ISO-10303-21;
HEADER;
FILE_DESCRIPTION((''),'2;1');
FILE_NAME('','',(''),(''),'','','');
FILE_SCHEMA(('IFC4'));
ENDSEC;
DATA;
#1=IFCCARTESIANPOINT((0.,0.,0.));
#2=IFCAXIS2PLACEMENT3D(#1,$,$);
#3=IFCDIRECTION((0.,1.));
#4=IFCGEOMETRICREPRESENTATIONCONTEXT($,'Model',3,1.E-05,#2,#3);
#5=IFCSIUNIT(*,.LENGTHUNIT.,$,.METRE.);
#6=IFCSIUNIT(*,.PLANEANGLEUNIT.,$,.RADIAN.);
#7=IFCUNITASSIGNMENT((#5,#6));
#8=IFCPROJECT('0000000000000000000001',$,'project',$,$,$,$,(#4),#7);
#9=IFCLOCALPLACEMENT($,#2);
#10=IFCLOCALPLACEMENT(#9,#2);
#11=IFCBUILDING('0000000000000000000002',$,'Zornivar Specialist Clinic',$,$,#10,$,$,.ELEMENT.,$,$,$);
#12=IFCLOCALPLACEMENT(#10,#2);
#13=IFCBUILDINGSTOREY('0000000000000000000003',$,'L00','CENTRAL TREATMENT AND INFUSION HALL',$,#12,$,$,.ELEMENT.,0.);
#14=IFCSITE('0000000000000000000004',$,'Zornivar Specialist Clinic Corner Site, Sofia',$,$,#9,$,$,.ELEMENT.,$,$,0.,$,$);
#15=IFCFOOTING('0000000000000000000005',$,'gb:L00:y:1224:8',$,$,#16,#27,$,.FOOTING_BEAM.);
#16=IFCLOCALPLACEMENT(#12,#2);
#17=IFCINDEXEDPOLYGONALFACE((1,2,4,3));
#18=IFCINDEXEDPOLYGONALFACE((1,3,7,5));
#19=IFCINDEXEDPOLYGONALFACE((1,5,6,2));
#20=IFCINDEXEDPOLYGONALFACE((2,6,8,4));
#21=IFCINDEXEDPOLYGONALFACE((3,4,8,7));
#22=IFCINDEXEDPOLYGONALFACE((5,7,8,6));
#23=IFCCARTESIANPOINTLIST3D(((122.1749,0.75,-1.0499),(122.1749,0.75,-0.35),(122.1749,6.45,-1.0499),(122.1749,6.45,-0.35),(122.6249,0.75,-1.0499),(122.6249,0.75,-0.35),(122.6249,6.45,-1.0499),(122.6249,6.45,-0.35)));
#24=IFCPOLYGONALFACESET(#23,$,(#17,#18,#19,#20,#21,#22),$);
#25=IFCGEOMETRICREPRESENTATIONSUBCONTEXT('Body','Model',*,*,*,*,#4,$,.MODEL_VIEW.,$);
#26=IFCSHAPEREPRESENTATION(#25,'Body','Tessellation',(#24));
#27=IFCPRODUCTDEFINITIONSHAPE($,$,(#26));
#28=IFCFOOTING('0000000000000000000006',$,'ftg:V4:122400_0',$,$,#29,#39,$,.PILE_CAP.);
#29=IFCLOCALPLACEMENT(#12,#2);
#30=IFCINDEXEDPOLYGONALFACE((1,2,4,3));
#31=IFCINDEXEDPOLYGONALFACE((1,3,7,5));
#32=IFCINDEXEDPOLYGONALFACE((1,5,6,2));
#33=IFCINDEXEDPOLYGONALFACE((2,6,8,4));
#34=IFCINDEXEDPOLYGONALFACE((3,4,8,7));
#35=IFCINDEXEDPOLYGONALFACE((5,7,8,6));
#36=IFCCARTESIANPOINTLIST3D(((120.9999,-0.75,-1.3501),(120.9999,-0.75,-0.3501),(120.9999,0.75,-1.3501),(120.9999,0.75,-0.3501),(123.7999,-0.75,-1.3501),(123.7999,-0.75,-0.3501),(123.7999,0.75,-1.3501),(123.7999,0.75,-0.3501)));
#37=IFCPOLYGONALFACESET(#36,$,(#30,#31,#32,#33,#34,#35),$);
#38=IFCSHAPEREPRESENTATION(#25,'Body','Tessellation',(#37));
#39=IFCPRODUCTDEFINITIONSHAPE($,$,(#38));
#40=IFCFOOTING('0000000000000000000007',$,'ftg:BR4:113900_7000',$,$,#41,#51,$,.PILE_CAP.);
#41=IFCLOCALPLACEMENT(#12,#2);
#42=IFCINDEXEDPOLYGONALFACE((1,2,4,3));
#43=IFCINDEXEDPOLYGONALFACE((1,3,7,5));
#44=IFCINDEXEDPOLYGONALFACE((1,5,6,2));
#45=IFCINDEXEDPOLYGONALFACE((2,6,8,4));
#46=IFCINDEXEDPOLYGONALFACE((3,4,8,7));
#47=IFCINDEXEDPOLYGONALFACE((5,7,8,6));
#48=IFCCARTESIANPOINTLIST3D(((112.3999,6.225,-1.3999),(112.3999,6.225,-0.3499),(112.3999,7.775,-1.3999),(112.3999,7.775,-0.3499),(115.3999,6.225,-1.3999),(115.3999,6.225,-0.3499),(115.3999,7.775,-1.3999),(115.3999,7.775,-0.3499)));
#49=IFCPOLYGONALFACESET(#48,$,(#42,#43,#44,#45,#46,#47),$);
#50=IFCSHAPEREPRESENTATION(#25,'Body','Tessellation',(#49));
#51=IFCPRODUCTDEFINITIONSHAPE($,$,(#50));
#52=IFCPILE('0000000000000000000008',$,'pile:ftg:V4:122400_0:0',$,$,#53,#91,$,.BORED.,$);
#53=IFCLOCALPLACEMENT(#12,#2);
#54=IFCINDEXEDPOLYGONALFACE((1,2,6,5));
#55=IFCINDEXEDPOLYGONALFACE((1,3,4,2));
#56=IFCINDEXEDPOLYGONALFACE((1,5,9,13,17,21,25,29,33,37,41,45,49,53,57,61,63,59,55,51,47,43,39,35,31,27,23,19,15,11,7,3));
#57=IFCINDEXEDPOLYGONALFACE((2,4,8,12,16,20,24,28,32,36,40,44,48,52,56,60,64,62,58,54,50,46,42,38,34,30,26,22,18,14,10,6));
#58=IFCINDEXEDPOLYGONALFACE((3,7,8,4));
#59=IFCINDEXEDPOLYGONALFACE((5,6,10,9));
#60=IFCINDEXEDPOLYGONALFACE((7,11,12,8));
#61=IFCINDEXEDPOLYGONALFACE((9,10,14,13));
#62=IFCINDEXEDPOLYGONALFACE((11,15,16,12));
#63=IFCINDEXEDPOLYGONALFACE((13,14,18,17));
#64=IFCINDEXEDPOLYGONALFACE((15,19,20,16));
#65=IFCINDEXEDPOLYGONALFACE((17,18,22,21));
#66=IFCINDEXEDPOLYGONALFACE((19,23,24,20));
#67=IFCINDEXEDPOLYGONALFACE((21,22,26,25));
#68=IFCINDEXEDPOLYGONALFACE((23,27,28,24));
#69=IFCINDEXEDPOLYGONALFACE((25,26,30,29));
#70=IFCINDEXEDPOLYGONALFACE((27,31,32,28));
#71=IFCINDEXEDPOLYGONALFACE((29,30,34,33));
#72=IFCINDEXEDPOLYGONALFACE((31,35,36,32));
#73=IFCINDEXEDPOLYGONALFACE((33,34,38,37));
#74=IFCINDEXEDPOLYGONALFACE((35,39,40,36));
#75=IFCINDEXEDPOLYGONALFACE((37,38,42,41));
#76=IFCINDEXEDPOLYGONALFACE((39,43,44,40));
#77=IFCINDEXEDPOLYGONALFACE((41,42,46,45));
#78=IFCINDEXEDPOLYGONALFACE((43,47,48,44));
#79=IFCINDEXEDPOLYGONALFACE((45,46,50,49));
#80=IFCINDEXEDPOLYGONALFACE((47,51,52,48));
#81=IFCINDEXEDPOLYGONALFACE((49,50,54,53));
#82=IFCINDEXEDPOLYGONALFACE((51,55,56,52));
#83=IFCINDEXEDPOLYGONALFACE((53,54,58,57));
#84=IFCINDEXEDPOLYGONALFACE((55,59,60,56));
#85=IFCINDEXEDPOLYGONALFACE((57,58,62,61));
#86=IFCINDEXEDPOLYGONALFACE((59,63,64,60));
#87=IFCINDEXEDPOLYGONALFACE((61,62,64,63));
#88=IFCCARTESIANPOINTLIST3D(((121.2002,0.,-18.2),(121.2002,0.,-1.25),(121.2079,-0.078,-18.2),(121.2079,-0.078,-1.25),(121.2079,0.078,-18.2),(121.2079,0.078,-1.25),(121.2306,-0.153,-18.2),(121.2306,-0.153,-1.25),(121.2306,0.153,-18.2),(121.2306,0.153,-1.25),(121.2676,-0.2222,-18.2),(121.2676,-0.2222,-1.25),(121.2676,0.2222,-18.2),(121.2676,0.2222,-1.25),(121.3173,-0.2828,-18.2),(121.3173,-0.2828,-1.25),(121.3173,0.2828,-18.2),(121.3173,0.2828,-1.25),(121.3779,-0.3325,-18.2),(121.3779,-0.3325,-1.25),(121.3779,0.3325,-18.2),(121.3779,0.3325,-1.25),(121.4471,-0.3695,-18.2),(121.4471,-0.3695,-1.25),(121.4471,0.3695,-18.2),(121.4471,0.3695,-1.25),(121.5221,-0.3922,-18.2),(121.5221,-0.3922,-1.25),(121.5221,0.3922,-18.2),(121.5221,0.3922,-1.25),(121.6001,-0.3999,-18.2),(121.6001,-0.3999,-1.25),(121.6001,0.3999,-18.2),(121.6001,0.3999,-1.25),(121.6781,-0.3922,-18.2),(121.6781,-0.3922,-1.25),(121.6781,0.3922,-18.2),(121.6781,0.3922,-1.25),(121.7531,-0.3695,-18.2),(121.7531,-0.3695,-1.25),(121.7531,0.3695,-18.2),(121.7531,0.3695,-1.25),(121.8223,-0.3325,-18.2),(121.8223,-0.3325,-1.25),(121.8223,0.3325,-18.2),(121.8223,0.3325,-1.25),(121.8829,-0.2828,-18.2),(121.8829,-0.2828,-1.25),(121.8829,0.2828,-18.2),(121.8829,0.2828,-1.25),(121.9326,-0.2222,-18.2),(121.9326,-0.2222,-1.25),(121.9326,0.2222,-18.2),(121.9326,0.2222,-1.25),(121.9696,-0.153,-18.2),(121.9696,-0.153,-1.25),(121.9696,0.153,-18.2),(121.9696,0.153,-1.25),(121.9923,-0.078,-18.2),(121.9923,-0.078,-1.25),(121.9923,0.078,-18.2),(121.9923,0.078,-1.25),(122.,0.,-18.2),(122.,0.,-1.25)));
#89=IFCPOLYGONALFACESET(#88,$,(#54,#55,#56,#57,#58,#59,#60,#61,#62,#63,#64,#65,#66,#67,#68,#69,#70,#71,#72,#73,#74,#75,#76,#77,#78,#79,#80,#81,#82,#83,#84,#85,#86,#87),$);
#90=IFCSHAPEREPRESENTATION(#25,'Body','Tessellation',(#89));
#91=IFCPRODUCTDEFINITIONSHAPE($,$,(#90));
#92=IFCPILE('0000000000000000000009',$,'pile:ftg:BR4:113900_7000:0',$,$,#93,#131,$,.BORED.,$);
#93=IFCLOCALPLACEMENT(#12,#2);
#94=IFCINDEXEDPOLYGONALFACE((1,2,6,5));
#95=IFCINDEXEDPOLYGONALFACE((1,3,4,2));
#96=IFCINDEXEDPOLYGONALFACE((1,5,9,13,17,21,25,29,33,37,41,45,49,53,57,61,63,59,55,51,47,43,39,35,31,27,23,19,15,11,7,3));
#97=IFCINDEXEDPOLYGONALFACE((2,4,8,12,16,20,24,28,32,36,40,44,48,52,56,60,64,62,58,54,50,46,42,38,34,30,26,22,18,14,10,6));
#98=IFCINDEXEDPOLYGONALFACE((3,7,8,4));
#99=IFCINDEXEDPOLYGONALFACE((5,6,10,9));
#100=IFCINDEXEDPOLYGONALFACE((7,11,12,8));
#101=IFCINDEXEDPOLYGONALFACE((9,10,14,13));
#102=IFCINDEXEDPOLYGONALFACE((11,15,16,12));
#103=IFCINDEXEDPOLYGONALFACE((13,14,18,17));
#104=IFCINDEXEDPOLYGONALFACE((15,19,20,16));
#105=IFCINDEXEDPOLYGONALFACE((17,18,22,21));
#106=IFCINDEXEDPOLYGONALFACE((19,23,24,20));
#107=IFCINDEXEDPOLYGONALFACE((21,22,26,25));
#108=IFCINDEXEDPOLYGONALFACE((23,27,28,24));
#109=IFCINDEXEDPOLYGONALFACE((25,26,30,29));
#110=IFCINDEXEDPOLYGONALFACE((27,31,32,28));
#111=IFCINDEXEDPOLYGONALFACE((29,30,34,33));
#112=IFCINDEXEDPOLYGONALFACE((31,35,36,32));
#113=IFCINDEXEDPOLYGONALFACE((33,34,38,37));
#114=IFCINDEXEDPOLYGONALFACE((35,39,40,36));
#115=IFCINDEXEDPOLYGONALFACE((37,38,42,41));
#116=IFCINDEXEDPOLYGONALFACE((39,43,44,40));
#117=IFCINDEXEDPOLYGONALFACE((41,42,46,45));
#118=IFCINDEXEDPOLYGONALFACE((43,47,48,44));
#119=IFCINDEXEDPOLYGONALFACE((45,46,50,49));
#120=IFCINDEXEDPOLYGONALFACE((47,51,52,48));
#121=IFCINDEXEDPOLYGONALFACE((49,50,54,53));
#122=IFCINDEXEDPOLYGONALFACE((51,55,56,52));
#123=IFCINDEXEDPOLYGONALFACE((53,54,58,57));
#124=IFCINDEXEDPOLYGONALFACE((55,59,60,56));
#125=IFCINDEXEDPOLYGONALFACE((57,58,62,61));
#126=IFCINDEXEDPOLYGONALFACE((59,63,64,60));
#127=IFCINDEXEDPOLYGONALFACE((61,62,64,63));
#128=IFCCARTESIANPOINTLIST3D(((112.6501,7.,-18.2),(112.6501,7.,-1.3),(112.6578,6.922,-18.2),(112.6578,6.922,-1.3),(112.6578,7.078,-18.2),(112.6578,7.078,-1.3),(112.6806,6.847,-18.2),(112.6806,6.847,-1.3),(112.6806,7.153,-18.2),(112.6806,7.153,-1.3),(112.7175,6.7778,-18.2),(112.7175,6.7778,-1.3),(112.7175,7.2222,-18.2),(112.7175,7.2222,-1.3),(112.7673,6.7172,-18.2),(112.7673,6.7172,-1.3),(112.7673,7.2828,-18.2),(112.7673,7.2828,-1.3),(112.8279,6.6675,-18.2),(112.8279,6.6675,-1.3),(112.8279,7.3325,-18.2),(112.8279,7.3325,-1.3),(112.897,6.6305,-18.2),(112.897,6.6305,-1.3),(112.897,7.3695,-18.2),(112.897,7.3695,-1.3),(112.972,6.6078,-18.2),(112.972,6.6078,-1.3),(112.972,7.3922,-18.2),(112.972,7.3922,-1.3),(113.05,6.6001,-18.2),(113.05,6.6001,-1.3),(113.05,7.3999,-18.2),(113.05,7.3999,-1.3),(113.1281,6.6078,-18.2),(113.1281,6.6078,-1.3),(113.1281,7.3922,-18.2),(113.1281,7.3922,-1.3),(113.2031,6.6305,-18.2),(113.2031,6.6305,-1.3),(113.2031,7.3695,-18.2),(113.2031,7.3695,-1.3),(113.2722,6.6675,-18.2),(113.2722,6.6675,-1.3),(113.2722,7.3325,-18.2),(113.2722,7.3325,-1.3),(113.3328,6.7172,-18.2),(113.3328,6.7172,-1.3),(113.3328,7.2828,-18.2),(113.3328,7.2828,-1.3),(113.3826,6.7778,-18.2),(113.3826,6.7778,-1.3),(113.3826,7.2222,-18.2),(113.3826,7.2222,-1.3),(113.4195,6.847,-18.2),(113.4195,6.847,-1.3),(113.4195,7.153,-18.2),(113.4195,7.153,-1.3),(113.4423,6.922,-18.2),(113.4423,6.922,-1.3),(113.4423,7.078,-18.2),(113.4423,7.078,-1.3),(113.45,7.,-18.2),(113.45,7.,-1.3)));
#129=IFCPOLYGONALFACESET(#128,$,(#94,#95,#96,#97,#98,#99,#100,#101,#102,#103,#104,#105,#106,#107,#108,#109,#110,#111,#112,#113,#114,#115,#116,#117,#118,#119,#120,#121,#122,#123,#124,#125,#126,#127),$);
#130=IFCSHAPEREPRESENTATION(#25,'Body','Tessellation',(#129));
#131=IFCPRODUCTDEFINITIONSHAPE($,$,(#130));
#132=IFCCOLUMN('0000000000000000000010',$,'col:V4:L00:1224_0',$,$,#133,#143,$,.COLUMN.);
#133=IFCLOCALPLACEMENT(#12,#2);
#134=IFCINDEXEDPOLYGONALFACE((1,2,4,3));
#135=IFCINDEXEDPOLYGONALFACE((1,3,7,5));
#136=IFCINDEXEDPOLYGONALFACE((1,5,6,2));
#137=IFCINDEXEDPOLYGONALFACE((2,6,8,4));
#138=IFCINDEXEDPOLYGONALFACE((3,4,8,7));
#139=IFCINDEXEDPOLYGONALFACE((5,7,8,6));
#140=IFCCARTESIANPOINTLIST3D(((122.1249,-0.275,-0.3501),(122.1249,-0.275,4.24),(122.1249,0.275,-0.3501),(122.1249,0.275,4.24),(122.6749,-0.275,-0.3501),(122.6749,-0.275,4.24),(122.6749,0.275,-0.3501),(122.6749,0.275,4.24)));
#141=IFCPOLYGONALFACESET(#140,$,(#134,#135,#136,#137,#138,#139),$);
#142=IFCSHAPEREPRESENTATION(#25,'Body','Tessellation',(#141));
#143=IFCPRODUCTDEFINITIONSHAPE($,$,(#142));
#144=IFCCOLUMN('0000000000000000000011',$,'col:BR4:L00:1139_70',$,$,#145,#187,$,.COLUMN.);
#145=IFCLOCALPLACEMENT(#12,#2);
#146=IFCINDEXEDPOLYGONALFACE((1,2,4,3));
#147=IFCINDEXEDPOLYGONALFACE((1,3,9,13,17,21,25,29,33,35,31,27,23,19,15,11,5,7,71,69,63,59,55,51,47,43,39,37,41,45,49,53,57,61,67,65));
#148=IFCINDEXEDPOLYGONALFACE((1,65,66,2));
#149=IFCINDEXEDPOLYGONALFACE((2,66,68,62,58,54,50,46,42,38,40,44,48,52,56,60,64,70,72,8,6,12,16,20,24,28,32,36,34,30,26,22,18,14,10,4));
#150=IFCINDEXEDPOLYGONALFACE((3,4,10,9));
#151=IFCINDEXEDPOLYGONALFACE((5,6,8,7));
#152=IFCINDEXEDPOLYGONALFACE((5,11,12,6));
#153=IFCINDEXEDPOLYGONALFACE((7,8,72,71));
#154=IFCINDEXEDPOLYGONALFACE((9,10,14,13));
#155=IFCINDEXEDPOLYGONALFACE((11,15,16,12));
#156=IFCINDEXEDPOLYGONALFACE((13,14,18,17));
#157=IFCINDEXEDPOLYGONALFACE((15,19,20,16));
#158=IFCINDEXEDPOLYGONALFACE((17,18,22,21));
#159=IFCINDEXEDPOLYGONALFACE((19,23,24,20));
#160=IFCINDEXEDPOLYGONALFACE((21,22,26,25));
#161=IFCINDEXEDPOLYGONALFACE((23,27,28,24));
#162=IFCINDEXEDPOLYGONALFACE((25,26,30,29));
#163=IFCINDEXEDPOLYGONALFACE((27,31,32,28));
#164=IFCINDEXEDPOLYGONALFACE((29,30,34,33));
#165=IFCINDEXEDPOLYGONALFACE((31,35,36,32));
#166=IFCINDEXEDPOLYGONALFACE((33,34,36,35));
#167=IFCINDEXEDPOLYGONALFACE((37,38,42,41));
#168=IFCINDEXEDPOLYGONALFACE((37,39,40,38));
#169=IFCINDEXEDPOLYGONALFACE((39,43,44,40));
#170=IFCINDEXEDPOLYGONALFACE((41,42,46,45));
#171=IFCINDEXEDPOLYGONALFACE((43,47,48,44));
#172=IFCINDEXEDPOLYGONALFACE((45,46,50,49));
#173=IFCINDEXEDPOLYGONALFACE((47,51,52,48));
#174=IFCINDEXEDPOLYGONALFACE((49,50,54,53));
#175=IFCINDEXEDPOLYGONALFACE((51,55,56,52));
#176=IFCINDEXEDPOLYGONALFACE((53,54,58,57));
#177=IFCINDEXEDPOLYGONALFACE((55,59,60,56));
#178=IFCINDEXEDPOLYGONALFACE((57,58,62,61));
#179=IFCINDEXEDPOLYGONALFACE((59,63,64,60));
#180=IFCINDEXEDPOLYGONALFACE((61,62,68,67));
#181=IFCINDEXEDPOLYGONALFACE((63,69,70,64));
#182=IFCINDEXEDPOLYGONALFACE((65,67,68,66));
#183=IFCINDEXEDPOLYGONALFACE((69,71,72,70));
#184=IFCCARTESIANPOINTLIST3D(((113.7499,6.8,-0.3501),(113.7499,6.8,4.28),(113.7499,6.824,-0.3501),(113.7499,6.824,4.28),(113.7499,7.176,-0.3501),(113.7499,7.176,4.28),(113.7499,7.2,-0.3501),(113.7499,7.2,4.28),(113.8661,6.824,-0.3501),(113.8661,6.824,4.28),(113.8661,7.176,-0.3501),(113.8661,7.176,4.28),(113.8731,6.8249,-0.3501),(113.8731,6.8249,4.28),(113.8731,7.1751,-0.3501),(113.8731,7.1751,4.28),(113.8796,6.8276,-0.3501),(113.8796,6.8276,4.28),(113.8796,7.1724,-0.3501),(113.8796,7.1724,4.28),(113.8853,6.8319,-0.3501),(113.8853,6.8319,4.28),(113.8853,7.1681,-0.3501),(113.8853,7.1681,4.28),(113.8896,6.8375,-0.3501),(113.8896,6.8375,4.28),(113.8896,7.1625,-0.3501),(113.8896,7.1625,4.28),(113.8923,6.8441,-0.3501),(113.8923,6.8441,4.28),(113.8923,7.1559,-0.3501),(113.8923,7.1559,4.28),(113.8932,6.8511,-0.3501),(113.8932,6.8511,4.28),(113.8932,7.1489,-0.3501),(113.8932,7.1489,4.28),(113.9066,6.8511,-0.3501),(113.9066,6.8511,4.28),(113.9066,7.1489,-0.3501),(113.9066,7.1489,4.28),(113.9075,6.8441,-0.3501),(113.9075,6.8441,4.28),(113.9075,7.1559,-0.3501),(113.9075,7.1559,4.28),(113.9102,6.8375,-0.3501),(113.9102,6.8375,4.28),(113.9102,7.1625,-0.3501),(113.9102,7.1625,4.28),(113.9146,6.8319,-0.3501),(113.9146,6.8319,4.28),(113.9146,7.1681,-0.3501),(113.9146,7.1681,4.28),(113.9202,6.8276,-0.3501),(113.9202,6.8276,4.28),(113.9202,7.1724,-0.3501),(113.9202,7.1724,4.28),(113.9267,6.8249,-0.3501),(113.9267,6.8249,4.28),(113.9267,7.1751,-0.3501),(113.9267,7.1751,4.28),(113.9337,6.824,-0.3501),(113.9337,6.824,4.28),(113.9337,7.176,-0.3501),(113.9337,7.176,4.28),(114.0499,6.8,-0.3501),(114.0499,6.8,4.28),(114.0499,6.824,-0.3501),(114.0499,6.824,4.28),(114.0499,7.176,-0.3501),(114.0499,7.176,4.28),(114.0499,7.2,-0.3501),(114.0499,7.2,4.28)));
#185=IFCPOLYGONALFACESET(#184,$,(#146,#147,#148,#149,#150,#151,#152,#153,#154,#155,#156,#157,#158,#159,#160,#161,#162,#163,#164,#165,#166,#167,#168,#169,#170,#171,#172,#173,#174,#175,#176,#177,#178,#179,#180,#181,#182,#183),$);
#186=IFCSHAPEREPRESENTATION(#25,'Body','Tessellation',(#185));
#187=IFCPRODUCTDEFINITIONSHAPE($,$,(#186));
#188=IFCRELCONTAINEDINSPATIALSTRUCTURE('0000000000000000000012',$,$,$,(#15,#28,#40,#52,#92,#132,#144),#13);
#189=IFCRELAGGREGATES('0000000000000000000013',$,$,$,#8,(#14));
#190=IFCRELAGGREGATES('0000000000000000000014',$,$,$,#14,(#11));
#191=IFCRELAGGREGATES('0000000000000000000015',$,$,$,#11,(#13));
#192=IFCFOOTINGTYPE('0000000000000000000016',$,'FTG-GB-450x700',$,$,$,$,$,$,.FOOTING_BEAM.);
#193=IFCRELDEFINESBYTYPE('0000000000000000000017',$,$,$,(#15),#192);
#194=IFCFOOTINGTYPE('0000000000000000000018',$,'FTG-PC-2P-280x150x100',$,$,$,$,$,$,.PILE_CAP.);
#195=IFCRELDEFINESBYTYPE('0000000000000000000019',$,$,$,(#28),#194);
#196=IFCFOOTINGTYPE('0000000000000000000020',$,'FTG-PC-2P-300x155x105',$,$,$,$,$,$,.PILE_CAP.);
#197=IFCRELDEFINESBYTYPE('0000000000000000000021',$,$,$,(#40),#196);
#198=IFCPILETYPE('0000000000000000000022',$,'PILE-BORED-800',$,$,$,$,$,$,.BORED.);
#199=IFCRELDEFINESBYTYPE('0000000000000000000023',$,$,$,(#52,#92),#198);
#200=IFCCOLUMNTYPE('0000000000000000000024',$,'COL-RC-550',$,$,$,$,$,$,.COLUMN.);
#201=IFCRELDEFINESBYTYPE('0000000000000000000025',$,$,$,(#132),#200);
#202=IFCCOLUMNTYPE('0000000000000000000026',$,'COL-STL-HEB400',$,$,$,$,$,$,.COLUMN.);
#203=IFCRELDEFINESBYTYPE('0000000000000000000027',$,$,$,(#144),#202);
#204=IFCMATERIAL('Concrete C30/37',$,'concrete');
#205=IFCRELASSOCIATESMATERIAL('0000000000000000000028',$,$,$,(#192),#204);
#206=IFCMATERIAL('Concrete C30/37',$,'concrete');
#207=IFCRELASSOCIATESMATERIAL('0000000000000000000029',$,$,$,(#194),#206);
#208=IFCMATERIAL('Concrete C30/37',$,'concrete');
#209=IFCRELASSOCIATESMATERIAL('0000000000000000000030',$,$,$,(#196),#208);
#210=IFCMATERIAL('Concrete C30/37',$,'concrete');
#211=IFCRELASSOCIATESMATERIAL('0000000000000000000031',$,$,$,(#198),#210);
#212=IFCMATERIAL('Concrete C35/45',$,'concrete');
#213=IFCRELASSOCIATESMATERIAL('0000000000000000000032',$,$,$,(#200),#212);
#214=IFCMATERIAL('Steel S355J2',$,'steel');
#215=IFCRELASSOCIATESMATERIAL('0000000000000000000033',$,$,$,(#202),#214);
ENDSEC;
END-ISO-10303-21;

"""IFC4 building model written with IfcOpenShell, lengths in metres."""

from ifc_helpers import new_model, si_unit, direction, frame, origin, origin_2d, place, context, subcontext, project, spatial, rectangle, circle, i_section, extrude, material, material_profile, profile_set, type_object, element, save


model = new_model("IFC4")

# Units and contexts
model_context = context("Model", 3, precision=1e-05, world=origin(), true_north=direction((0.0, 1.0)))
body_context = subcontext(model_context, "Body", "Model", "MODEL_VIEW")
ifc_project = project(units=[si_unit("LENGTHUNIT", "METRE"), si_unit("PLANEANGLEUNIT", "RADIAN")], contexts=[model_context])

# Site, building, storey
site_placement = place(None, origin())
site = spatial("IfcSite", under=ifc_project, at=site_placement, Name="Zornivar Specialist Clinic Corner Site, Sofia", CompositionType="ELEMENT", RefElevation=0.0)
building_placement = place(site_placement, origin())
building = spatial("IfcBuilding", under=site, at=building_placement, Name="Zornivar Specialist Clinic", CompositionType="ELEMENT")
storey_placement = place(building_placement, origin())
storey = spatial("IfcBuildingStorey", under=building, at=storey_placement, Name="L00", Description="CENTRAL TREATMENT AND INFUSION HALL", CompositionType="ELEMENT", Elevation=0.0)

# Footings
ifc_material_1 = material(Name="Concrete C30/37", Category="concrete")
ifc_material_profile_1 = material_profile(ifc_material_1, rectangle(XDim=0.45, YDim=0.7, at=origin_2d()), Name="RC 450x700")
ifc_profile_set_1 = profile_set([ifc_material_profile_1], Name="Concrete C30/37")
footing_type_1 = type_object("IfcFootingType", Name="FTG-GB-450x700", PredefinedType="FOOTING_BEAM", material=ifc_profile_set_1)
footing_1_placement = place(storey_placement, frame((122.3999, 0.75, -0.7), z_axis=(0.0, 1.0, 0.0), x_axis=(-1.0, 0.0, 0.0)))
element("IfcFooting", 1, at=footing_1_placement, inside=storey, type_object=footing_type_1, Name="gb:L00:y:1224:8", PredefinedType="FOOTING_BEAM", context=body_context, shape_type="SweptSolid", body=[
    extrude(rectangle(XDim=0.45, YDim=0.7, at=origin_2d()), origin(), (0.0, 0.0, 1.0), 5.7),
])
ifc_material_2 = material(Name="Concrete C30/37", Category="concrete")
footing_type_2 = type_object("IfcFootingType", Name="FTG-PC-2P-280x150x100", PredefinedType="PILE_CAP", material=ifc_material_2)
footing_2_placement = place(storey_placement, frame((122.3999, 0.0, -1.3501), z_axis=(0.0, 0.0, 1.0), x_axis=(1.0, 0.0, 0.0)))
element("IfcFooting", 2, at=footing_2_placement, inside=storey, type_object=footing_type_2, Name="ftg:V4:122400_0", PredefinedType="PILE_CAP", context=body_context, shape_type="SweptSolid", body=[
    extrude(rectangle(XDim=2.8, YDim=1.5, at=origin_2d()), origin(), (0.0, 0.0, 1.0), 1.0),
])
ifc_material_3 = material(Name="Concrete C30/37", Category="concrete")
footing_type_3 = type_object("IfcFootingType", Name="FTG-PC-2P-300x155x105", PredefinedType="PILE_CAP", material=ifc_material_3)
footing_3_placement = place(storey_placement, frame((113.8999, 7.0, -1.3999), z_axis=(0.0, 0.0, 1.0), x_axis=(1.0, 0.0, 0.0)))
element("IfcFooting", 3, at=footing_3_placement, inside=storey, type_object=footing_type_3, Name="ftg:BR4:113900_7000", PredefinedType="PILE_CAP", context=body_context, shape_type="SweptSolid", body=[
    extrude(rectangle(XDim=3.0, YDim=1.55, at=origin_2d()), origin(), (0.0, 0.0, 1.0), 1.05),
])

# Piles
ifc_material_4 = material(Name="Concrete C30/37", Category="concrete")
ifc_material_profile_2 = material_profile(ifc_material_4, circle(Radius=0.3999, at=origin_2d()), Name="PILE D800")
ifc_profile_set_2 = profile_set([ifc_material_profile_2], Name="Concrete C30/37")
pile_type = type_object("IfcPileType", Name="PILE-BORED-800", PredefinedType="BORED", material=ifc_profile_set_2)
pile_1_placement = place(storey_placement, frame((121.6001, 0.0, -1.25), z_axis=(0.0, 0.0, -1.0), x_axis=(1.0, 0.0, 0.0)))
element("IfcPile", 4, at=pile_1_placement, inside=storey, type_object=pile_type, Name="pile:ftg:V4:122400_0:0", PredefinedType="BORED", context=body_context, shape_type="SweptSolid", body=[
    extrude(circle(Radius=0.3999, at=origin_2d()), origin(), (0.0, 0.0, 1.0), 16.95),
])
pile_2_placement = place(storey_placement, frame((113.05, 7.0, -1.3), z_axis=(0.0, 0.0, -1.0), x_axis=(1.0, 0.0, 0.0)))
element("IfcPile", 5, at=pile_2_placement, inside=storey, type_object=pile_type, Name="pile:ftg:BR4:113900_7000:0", PredefinedType="BORED", context=body_context, shape_type="SweptSolid", body=[
    extrude(circle(Radius=0.3999, at=origin_2d()), origin(), (0.0, 0.0, 1.0), 16.8999),
])

# Columns
ifc_material_5 = material(Name="Concrete C35/45", Category="concrete")
ifc_material_profile_3 = material_profile(ifc_material_5, rectangle(XDim=0.55, YDim=0.55, at=origin_2d()), Name="RC 550x550")
ifc_profile_set_3 = profile_set([ifc_material_profile_3], Name="Concrete C35/45")
column_type_1 = type_object("IfcColumnType", Name="COL-RC-550", PredefinedType="COLUMN", material=ifc_profile_set_3)
column_1_placement = place(storey_placement, frame((122.3999, 0.0, -0.3501), z_axis=(0.0, 0.0, 1.0), x_axis=(1.0, 0.0, 0.0)))
element("IfcColumn", 6, at=column_1_placement, inside=storey, type_object=column_type_1, Name="col:V4:L00:1224_0", PredefinedType="COLUMN", context=body_context, shape_type="SweptSolid", body=[
    extrude(rectangle(XDim=0.55, YDim=0.55, at=origin_2d()), origin(), (0.0, 0.0, 1.0), 4.5901),
])
ifc_material_6 = material(Name="Steel S355J2", Category="steel")
ifc_material_profile_4 = material_profile(ifc_material_6, i_section(OverallWidth=0.3, OverallDepth=0.3999, WebThickness=0.0134, FlangeThickness=0.0239, FilletRadius=0.0271, at=origin_2d()), Name="HEB 400")
ifc_profile_set_4 = profile_set([ifc_material_profile_4], Name="Steel S355J2")
column_type_2 = type_object("IfcColumnType", Name="COL-STL-HEB400", PredefinedType="COLUMN", material=ifc_profile_set_4)
column_2_placement = place(storey_placement, frame((113.8999, 7.0, -0.3501), z_axis=(0.0, 0.0, 1.0), x_axis=(1.0, 0.0, 0.0)))
element("IfcColumn", 7, at=column_2_placement, inside=storey, type_object=column_type_2, Name="col:BR4:L00:1139_70", PredefinedType="COLUMN", context=body_context, shape_type="SweptSolid", body=[
    extrude(i_section(OverallWidth=0.3, OverallDepth=0.3999, WebThickness=0.0134, FlangeThickness=0.0239, FilletRadius=0.0271, at=origin_2d()), origin(), (0.0, 0.0, 1.0), 4.6301),
])

save(model, "model.ifc")
